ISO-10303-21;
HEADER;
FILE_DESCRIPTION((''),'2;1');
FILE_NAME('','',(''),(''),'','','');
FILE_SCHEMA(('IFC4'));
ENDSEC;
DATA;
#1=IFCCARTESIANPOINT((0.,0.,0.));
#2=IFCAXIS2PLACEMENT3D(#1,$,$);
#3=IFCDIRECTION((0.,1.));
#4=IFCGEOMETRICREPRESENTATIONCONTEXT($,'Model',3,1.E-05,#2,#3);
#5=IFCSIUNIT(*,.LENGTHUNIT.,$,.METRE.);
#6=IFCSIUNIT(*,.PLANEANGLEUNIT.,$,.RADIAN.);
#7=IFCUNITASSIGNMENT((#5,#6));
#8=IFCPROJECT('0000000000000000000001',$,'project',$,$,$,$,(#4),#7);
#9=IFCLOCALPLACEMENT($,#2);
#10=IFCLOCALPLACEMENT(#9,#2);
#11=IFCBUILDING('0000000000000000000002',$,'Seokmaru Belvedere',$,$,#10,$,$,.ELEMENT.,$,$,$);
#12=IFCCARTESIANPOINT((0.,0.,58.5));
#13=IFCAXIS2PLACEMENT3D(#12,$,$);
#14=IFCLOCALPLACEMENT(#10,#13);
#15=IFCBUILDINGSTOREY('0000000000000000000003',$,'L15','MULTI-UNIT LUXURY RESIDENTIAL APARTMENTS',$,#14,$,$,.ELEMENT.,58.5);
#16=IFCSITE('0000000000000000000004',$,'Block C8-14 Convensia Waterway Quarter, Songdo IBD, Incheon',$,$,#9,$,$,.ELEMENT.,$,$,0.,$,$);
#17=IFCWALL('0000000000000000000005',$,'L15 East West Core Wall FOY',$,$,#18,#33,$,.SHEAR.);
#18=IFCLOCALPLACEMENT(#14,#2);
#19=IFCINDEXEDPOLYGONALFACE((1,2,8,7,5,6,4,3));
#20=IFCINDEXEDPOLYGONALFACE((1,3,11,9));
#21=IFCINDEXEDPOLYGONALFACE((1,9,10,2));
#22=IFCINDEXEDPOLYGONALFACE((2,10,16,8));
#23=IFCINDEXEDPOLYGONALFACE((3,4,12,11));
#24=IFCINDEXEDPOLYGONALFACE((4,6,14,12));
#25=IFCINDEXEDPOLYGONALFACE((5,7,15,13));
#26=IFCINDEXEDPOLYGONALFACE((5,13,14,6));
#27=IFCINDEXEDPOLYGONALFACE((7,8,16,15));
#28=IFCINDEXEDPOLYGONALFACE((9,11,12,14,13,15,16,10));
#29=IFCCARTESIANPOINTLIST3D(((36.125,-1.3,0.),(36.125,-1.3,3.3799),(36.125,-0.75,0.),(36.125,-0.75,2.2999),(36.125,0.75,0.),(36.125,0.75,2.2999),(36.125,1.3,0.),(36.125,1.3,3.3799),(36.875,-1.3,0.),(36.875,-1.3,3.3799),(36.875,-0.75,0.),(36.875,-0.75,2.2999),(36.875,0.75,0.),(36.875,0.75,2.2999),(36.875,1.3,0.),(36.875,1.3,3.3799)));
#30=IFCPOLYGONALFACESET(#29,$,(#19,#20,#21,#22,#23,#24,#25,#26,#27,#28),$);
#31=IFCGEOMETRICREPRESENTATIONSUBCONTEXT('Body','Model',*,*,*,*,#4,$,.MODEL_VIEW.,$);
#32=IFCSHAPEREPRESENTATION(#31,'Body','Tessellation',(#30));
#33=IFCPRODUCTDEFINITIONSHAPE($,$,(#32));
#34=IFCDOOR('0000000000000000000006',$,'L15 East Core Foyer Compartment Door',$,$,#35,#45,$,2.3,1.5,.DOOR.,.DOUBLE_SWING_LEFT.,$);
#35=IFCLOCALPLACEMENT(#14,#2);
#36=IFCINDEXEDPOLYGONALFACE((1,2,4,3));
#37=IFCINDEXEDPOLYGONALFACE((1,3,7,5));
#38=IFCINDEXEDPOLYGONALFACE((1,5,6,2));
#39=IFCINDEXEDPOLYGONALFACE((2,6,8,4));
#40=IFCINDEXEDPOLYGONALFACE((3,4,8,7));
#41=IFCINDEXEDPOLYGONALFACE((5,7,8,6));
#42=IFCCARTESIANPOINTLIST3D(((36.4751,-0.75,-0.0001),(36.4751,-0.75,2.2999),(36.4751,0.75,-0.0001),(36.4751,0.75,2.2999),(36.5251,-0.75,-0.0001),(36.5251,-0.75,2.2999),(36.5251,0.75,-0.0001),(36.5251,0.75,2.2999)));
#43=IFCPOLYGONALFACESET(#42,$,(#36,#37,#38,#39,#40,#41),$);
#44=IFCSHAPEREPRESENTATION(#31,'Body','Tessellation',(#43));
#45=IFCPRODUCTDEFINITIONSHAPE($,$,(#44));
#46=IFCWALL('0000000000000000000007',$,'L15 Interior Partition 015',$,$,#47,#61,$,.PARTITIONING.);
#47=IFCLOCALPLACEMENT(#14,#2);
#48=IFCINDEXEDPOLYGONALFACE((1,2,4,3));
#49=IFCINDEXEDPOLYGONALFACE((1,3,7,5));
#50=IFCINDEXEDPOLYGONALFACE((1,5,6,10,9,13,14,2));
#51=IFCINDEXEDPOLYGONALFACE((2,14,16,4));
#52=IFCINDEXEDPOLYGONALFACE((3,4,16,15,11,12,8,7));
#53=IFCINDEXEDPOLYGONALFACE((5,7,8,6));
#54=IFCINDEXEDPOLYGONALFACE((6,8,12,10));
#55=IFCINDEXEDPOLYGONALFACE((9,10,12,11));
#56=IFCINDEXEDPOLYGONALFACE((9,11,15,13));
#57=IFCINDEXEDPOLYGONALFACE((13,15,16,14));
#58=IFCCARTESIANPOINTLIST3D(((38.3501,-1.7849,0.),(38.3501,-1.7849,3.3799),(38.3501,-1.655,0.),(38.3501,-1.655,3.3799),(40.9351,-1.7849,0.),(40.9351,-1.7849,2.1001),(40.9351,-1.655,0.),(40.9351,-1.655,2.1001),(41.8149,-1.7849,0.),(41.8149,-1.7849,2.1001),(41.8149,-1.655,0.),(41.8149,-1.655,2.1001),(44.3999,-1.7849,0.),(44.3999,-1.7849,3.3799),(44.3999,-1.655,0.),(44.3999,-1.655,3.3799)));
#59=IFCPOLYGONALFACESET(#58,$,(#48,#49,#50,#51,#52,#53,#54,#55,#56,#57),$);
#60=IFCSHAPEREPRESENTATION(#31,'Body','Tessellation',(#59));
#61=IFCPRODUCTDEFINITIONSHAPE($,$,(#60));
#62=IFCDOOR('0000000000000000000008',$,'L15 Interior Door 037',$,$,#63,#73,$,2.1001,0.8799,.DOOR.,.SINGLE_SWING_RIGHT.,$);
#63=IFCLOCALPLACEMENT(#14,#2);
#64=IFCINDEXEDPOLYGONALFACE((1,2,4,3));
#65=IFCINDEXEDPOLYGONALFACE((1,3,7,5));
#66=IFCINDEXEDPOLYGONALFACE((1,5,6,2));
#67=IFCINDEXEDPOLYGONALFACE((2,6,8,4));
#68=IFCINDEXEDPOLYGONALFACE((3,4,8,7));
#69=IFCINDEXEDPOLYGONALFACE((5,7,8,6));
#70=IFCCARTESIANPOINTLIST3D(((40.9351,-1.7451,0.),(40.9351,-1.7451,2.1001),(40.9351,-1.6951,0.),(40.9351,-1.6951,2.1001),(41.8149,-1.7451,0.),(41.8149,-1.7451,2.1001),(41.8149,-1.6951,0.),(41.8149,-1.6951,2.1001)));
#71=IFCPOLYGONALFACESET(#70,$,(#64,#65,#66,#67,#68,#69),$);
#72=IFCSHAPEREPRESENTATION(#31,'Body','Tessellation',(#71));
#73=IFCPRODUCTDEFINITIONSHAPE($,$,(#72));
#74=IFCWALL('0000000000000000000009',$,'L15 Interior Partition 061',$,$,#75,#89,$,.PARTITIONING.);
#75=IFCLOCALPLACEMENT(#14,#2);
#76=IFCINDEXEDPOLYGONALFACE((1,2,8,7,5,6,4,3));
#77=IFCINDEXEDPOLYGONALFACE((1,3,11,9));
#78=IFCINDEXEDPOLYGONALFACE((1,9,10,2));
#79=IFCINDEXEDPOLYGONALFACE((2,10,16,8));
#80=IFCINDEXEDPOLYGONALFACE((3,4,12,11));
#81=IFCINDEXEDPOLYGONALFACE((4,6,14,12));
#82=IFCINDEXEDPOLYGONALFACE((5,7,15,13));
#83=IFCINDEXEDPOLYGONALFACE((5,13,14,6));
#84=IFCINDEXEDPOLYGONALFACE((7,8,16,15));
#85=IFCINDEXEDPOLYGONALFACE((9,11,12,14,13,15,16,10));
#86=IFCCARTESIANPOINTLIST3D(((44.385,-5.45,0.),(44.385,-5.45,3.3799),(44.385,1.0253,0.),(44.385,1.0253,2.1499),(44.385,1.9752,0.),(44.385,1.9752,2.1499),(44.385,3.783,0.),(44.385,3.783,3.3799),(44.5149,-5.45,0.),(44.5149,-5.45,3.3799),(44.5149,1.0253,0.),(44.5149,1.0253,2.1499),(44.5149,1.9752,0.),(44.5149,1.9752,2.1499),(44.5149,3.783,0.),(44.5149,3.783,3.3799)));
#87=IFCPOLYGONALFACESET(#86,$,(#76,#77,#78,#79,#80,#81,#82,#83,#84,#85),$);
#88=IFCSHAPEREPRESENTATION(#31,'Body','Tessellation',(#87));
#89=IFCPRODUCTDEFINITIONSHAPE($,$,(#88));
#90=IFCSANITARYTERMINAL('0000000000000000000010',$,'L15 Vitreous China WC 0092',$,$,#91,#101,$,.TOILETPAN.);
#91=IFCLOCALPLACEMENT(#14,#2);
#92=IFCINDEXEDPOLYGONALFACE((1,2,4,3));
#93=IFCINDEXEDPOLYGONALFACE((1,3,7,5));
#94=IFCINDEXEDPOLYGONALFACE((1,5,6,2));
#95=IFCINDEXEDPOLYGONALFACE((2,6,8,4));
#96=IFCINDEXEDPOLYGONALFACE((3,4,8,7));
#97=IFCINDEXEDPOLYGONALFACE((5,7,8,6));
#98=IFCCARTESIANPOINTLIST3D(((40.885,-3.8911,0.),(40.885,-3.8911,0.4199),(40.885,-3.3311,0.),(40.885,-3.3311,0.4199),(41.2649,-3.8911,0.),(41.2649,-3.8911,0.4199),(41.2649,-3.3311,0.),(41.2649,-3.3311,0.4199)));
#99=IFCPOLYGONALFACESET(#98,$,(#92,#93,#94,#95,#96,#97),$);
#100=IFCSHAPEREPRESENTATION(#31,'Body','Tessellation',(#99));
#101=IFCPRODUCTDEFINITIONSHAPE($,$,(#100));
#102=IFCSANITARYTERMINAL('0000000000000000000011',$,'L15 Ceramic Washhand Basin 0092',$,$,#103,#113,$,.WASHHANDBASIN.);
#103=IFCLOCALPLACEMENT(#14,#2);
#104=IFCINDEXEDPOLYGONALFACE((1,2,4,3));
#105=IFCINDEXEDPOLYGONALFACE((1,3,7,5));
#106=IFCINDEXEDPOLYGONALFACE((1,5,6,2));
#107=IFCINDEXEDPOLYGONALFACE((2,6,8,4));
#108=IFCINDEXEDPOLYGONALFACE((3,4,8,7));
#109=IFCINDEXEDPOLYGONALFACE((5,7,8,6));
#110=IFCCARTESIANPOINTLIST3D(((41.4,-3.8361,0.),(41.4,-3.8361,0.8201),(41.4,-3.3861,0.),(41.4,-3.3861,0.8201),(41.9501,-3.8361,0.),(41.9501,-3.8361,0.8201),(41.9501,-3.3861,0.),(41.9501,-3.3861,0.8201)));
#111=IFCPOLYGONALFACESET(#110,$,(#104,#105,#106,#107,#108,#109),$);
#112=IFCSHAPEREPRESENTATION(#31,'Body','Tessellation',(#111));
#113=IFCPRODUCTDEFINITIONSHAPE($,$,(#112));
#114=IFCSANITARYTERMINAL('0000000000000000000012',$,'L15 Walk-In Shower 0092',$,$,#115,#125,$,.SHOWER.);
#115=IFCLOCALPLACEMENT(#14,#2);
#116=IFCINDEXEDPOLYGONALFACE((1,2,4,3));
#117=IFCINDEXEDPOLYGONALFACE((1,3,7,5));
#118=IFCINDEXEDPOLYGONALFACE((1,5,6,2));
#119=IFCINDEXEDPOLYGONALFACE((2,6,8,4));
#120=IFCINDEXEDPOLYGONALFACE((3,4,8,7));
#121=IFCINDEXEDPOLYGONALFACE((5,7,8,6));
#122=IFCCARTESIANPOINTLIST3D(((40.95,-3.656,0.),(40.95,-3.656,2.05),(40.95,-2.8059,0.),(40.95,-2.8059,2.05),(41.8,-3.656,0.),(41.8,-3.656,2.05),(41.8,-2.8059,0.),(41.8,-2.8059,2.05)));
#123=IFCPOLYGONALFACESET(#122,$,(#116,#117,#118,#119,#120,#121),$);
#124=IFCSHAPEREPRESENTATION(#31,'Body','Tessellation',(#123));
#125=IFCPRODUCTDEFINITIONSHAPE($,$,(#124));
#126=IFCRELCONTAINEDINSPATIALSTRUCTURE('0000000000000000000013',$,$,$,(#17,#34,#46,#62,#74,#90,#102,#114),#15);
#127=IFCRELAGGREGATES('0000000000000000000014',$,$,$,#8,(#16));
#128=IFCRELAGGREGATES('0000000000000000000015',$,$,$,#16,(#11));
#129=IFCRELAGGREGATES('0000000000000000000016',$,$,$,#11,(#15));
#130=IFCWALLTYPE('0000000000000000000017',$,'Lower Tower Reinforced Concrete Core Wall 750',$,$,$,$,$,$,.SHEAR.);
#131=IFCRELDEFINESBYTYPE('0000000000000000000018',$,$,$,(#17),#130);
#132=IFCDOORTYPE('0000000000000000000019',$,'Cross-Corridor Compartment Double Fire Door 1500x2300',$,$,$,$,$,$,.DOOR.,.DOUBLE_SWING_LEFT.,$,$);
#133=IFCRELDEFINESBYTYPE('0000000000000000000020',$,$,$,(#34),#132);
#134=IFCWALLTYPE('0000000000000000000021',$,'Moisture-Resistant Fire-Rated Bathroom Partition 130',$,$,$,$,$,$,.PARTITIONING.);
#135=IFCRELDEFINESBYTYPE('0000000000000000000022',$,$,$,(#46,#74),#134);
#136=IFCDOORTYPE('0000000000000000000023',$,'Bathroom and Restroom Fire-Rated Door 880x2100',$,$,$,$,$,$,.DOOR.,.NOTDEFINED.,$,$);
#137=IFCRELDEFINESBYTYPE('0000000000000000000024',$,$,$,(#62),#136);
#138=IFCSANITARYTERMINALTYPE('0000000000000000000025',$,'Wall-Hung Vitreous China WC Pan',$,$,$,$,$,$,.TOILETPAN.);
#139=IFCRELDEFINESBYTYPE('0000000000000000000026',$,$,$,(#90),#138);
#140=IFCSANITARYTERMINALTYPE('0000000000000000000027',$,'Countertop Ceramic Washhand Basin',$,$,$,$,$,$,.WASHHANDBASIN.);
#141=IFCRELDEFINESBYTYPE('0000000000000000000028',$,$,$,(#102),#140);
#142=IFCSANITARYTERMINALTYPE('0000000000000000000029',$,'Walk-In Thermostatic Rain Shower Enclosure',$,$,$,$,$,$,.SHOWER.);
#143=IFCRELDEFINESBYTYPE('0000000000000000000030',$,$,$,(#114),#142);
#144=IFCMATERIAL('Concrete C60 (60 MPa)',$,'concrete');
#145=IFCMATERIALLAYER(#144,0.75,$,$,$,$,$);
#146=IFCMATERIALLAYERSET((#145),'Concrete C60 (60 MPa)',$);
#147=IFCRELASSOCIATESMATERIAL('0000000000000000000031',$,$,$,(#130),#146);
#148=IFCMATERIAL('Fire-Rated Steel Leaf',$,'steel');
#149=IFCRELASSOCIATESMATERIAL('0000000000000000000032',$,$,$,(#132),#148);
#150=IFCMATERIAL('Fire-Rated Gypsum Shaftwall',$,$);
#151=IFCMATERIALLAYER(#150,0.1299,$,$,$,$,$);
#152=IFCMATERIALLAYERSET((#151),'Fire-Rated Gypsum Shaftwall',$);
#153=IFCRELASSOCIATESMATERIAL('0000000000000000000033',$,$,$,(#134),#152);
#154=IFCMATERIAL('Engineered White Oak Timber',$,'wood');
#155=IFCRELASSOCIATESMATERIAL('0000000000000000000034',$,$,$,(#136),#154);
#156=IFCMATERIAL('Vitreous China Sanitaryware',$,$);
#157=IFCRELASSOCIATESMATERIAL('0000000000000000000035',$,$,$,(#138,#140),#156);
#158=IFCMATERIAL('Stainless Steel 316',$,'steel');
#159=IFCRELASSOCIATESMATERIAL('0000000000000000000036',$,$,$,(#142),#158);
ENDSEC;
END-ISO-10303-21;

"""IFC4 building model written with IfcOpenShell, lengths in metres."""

from ifc_helpers import new_model, si_unit, direction, frame, frame_2d, origin, origin_2d, place, context, subcontext, project, spatial, rectangle, extrude, source, transform, mapped, material, layer, layer_set, type_object, type_shapes, element, fill, save


model = new_model("IFC4")

# Units and contexts
model_context = context("Model", 3, precision=1e-05, world=origin(), true_north=direction((0.0, 1.0)))
body_context = subcontext(model_context, "Body", "Model", "MODEL_VIEW")
ifc_project = project(units=[si_unit("LENGTHUNIT", "METRE"), si_unit("PLANEANGLEUNIT", "RADIAN")], contexts=[model_context])

# Site, building, storey
site_placement = place(None, origin())
site = spatial("IfcSite", under=ifc_project, at=site_placement, Name="Block C8-14 Convensia Waterway Quarter, Songdo IBD, Incheon", CompositionType="ELEMENT", RefElevation=0.0)
building_placement = place(site_placement, origin())
building = spatial("IfcBuilding", under=site, at=building_placement, Name="Seokmaru Belvedere", CompositionType="ELEMENT")
storey_placement = place(building_placement, frame((0.0, 0.0, 58.5)))
storey = spatial("IfcBuildingStorey", under=building, at=storey_placement, Name="L15", Description="MULTI-UNIT LUXURY RESIDENTIAL APARTMENTS", CompositionType="ELEMENT", Elevation=58.5)

# Shared definitions
ifc_material_1 = material(Name="Fire-Rated Gypsum Shaftwall")

# Walls, openings, doors
ifc_material_2 = material(Name="Concrete C60 (60 MPa)", Category="concrete")
ifc_layer_1 = layer(ifc_material_2, 0.75)
ifc_layer_set_1 = layer_set([ifc_layer_1], Name="Concrete C60 (60 MPa)")
wall_type_1 = type_object("IfcWallType", Name="Lower Tower Reinforced Concrete Core Wall 750", PredefinedType="SHEAR", material=ifc_layer_set_1)
wall_1_placement = place(storey_placement, frame((36.5, -1.3, 0.0), z_axis=(0.0, 0.0, 1.0), x_axis=(0.0, 1.0, 0.0)))
wall_1 = element("IfcWall", 1, at=wall_1_placement, inside=storey, type_object=wall_type_1, Name="L15 East West Core Wall FOY", PredefinedType="SHEAR", context=body_context, shape_type="SweptSolid", body=[
    extrude(rectangle(XDim=2.6001, YDim=0.75, at=frame_2d((1.3, 0.0))), origin(), (0.0, 0.0, 1.0), 3.3799),
])
opening_1_placement = place(wall_1_placement, frame((0.55, 0.0, 0.0)))
opening_1 = element("IfcOpeningElement", 2, at=opening_1_placement, cuts=wall_1, PredefinedType="OPENING", context=body_context, shape_type="SweptSolid", body=[
    extrude(rectangle(XDim=1.5, YDim=2.3, at=frame_2d((0.75, 1.1499))), frame((0.0, 0.385, 0.0), z_axis=(0.0, -1.0, 0.0), x_axis=(1.0, 0.0, 0.0)), (0.0, 0.0, 1.0), 0.77),
])
ifc_material_3 = material(Name="Fire-Rated Steel Leaf", Category="steel")
door_type_1 = type_object("IfcDoorType", Name="Cross-Corridor Compartment Double Fire Door 1500x2300", OperationType="DOUBLE_SWING_LEFT", PredefinedType="DOOR", material=ifc_material_3)
shared_shape_1 = source(origin(), body_context, "Body", "SweptSolid", [
    extrude(rectangle(XDim=1.5, YDim=2.3, at=frame_2d((0.75, 1.1499))), frame((0.0, 0.0249, 0.0), z_axis=(0.0, -1.0, 0.0), x_axis=(1.0, 0.0, 0.0)), (0.0, 0.0, 1.0), 0.05),
])
type_shapes(door_type_1, [shared_shape_1])
door_1_placement = place(opening_1_placement, origin())
door_1 = element("IfcDoor", 3, at=door_1_placement, inside=storey, type_object=door_type_1, Name="L15 East Core Foyer Compartment Door", OperationType="DOUBLE_SWING_LEFT", OverallHeight=2.3, OverallWidth=1.5, PredefinedType="DOOR", context=body_context, shape_type="MappedRepresentation", body=[
    mapped(shared_shape_1, transform((0.0, 0.0, 0.0), scale=1.0)),
])
fill(opening_1, door_1)
ifc_layer_2 = layer(ifc_material_1, 0.1299)
ifc_layer_set_2 = layer_set([ifc_layer_2], Name="Fire-Rated Gypsum Shaftwall")
wall_type_2 = type_object("IfcWallType", Name="Moisture-Resistant Fire-Rated Bathroom Partition 130", PredefinedType="PARTITIONING", material=ifc_layer_set_2)
wall_2_placement = place(storey_placement, frame((38.3501, -1.72, 0.0), z_axis=(0.0, 0.0, 1.0), x_axis=(1.0, 0.0, 0.0)))
wall_2 = element("IfcWall", 4, at=wall_2_placement, inside=storey, type_object=wall_type_2, Name="L15 Interior Partition 015", PredefinedType="PARTITIONING", context=body_context, shape_type="SweptSolid", body=[
    extrude(rectangle(XDim=6.0498, YDim=0.1299, at=frame_2d((3.0249, 0.0))), origin(), (0.0, 0.0, 1.0), 3.3799),
])
opening_2_placement = place(wall_2_placement, frame((2.585, 0.0, 0.0)))
opening_2 = element("IfcOpeningElement", 5, at=opening_2_placement, cuts=wall_2, PredefinedType="OPENING", context=body_context, shape_type="SweptSolid", body=[
    extrude(rectangle(XDim=0.8799, YDim=2.1001, at=frame_2d((0.4399, 1.05))), frame((0.0, 0.075, 0.0), z_axis=(0.0, -1.0, 0.0), x_axis=(1.0, 0.0, 0.0)), (0.0, 0.0, 1.0), 0.1499),
])
ifc_material_4 = material(Name="Engineered White Oak Timber", Category="wood")
door_type_2 = type_object("IfcDoorType", Name="Bathroom and Restroom Fire-Rated Door 880x2100", OperationType="NOTDEFINED", PredefinedType="DOOR", material=ifc_material_4)
shared_shape_2 = source(origin(), body_context, "Body", "SweptSolid", [
    extrude(rectangle(XDim=0.8799, YDim=2.1001, at=frame_2d((0.4399, 1.05))), frame((0.0, 0.0249, 0.0), z_axis=(0.0, -1.0, 0.0), x_axis=(1.0, 0.0, 0.0)), (0.0, 0.0, 1.0), 0.05),
])
type_shapes(door_type_2, [shared_shape_2])
door_2_placement = place(opening_2_placement, origin())
door_2 = element("IfcDoor", 6, at=door_2_placement, inside=storey, type_object=door_type_2, Name="L15 Interior Door 037", OperationType="SINGLE_SWING_RIGHT", OverallHeight=2.1001, OverallWidth=0.8799, PredefinedType="DOOR", context=body_context, shape_type="MappedRepresentation", body=[
    mapped(shared_shape_2, transform((0.0, 0.0, 0.0), scale=1.0)),
])
fill(opening_2, door_2)

# Wall, opening
wall_3_placement = place(storey_placement, frame((44.45, -5.45, 0.0), z_axis=(0.0, 0.0, 1.0), x_axis=(0.0, 1.0, 0.0)))
wall_3 = element("IfcWall", 7, at=wall_3_placement, inside=storey, type_object=wall_type_2, Name="L15 Interior Partition 061", PredefinedType="PARTITIONING", context=body_context, shape_type="SweptSolid", body=[
    extrude(rectangle(XDim=9.2329, YDim=0.1299, at=frame_2d((4.6165, 0.0))), origin(), (0.0, 0.0, 1.0), 3.3799),
])
opening_3_placement = place(wall_3_placement, frame((6.4751, 0.0, 0.0)))
element("IfcOpeningElement", 8, at=opening_3_placement, cuts=wall_3, PredefinedType="OPENING", context=body_context, shape_type="SweptSolid", body=[
    extrude(rectangle(XDim=0.95, YDim=2.1499, at=frame_2d((0.4751, 1.075))), frame((0.0, 0.075, 0.0), z_axis=(0.0, -1.0, 0.0), x_axis=(1.0, 0.0, 0.0)), (0.0, 0.0, 1.0), 0.1499),
])

# Sanitary terminals
ifc_material_5 = material(Name="Vitreous China Sanitaryware")
sanitary_terminal_type_1 = type_object("IfcSanitaryTerminalType", Name="Wall-Hung Vitreous China WC Pan", PredefinedType="TOILETPAN", material=ifc_material_5)
shared_shape_3 = source(origin(), body_context, "Body", "SweptSolid", [
    extrude(rectangle(XDim=0.3799, YDim=0.5601, at=origin_2d()), origin(), (0.0, 0.0, 1.0), 0.4199),
])
type_shapes(sanitary_terminal_type_1, [shared_shape_3])
sanitary_terminal_1_placement = place(storey_placement, frame((41.075, -3.6111, 0.0), z_axis=(0.0, 0.0, 1.0), x_axis=(1.0, 0.0, 0.0)))
element("IfcSanitaryTerminal", 9, at=sanitary_terminal_1_placement, inside=storey, type_object=sanitary_terminal_type_1, Name="L15 Vitreous China WC 0092", PredefinedType="TOILETPAN", context=body_context, shape_type="MappedRepresentation", body=[
    mapped(shared_shape_3, transform((0.0, 0.0, 0.0), scale=1.0)),
])
sanitary_terminal_type_2 = type_object("IfcSanitaryTerminalType", Name="Countertop Ceramic Washhand Basin", PredefinedType="WASHHANDBASIN", material=ifc_material_5)
shared_shape_4 = source(origin(), body_context, "Body", "SweptSolid", [
    extrude(rectangle(XDim=0.55, YDim=0.45, at=origin_2d()), origin(), (0.0, 0.0, 1.0), 0.8201),
])
type_shapes(sanitary_terminal_type_2, [shared_shape_4])
sanitary_terminal_2_placement = place(storey_placement, frame((41.675, -3.6111, 0.0), z_axis=(0.0, 0.0, 1.0), x_axis=(1.0, 0.0, 0.0)))
element("IfcSanitaryTerminal", 10, at=sanitary_terminal_2_placement, inside=storey, type_object=sanitary_terminal_type_2, Name="L15 Ceramic Washhand Basin 0092", PredefinedType="WASHHANDBASIN", context=body_context, shape_type="MappedRepresentation", body=[
    mapped(shared_shape_4, transform((0.0, 0.0, 0.0), scale=1.0)),
])
ifc_material_6 = material(Name="Stainless Steel 316", Category="steel")
sanitary_terminal_type_3 = type_object("IfcSanitaryTerminalType", Name="Walk-In Thermostatic Rain Shower Enclosure", PredefinedType="SHOWER", material=ifc_material_6)
shared_shape_5 = source(origin(), body_context, "Body", "SweptSolid", [
    extrude(rectangle(XDim=0.8501, YDim=0.8501, at=origin_2d()), origin(), (0.0, 0.0, 1.0), 2.05),
])
type_shapes(sanitary_terminal_type_3, [shared_shape_5])
sanitary_terminal_3_placement = place(storey_placement, frame((41.375, -3.231, 0.0), z_axis=(0.0, 0.0, 1.0), x_axis=(1.0, 0.0, 0.0)))
element("IfcSanitaryTerminal", 11, at=sanitary_terminal_3_placement, inside=storey, type_object=sanitary_terminal_type_3, Name="L15 Walk-In Shower 0092", PredefinedType="SHOWER", context=body_context, shape_type="MappedRepresentation", body=[
    mapped(shared_shape_5, transform((0.0, 0.0, 0.0), scale=1.0)),
])

save(model, "model.ifc")
